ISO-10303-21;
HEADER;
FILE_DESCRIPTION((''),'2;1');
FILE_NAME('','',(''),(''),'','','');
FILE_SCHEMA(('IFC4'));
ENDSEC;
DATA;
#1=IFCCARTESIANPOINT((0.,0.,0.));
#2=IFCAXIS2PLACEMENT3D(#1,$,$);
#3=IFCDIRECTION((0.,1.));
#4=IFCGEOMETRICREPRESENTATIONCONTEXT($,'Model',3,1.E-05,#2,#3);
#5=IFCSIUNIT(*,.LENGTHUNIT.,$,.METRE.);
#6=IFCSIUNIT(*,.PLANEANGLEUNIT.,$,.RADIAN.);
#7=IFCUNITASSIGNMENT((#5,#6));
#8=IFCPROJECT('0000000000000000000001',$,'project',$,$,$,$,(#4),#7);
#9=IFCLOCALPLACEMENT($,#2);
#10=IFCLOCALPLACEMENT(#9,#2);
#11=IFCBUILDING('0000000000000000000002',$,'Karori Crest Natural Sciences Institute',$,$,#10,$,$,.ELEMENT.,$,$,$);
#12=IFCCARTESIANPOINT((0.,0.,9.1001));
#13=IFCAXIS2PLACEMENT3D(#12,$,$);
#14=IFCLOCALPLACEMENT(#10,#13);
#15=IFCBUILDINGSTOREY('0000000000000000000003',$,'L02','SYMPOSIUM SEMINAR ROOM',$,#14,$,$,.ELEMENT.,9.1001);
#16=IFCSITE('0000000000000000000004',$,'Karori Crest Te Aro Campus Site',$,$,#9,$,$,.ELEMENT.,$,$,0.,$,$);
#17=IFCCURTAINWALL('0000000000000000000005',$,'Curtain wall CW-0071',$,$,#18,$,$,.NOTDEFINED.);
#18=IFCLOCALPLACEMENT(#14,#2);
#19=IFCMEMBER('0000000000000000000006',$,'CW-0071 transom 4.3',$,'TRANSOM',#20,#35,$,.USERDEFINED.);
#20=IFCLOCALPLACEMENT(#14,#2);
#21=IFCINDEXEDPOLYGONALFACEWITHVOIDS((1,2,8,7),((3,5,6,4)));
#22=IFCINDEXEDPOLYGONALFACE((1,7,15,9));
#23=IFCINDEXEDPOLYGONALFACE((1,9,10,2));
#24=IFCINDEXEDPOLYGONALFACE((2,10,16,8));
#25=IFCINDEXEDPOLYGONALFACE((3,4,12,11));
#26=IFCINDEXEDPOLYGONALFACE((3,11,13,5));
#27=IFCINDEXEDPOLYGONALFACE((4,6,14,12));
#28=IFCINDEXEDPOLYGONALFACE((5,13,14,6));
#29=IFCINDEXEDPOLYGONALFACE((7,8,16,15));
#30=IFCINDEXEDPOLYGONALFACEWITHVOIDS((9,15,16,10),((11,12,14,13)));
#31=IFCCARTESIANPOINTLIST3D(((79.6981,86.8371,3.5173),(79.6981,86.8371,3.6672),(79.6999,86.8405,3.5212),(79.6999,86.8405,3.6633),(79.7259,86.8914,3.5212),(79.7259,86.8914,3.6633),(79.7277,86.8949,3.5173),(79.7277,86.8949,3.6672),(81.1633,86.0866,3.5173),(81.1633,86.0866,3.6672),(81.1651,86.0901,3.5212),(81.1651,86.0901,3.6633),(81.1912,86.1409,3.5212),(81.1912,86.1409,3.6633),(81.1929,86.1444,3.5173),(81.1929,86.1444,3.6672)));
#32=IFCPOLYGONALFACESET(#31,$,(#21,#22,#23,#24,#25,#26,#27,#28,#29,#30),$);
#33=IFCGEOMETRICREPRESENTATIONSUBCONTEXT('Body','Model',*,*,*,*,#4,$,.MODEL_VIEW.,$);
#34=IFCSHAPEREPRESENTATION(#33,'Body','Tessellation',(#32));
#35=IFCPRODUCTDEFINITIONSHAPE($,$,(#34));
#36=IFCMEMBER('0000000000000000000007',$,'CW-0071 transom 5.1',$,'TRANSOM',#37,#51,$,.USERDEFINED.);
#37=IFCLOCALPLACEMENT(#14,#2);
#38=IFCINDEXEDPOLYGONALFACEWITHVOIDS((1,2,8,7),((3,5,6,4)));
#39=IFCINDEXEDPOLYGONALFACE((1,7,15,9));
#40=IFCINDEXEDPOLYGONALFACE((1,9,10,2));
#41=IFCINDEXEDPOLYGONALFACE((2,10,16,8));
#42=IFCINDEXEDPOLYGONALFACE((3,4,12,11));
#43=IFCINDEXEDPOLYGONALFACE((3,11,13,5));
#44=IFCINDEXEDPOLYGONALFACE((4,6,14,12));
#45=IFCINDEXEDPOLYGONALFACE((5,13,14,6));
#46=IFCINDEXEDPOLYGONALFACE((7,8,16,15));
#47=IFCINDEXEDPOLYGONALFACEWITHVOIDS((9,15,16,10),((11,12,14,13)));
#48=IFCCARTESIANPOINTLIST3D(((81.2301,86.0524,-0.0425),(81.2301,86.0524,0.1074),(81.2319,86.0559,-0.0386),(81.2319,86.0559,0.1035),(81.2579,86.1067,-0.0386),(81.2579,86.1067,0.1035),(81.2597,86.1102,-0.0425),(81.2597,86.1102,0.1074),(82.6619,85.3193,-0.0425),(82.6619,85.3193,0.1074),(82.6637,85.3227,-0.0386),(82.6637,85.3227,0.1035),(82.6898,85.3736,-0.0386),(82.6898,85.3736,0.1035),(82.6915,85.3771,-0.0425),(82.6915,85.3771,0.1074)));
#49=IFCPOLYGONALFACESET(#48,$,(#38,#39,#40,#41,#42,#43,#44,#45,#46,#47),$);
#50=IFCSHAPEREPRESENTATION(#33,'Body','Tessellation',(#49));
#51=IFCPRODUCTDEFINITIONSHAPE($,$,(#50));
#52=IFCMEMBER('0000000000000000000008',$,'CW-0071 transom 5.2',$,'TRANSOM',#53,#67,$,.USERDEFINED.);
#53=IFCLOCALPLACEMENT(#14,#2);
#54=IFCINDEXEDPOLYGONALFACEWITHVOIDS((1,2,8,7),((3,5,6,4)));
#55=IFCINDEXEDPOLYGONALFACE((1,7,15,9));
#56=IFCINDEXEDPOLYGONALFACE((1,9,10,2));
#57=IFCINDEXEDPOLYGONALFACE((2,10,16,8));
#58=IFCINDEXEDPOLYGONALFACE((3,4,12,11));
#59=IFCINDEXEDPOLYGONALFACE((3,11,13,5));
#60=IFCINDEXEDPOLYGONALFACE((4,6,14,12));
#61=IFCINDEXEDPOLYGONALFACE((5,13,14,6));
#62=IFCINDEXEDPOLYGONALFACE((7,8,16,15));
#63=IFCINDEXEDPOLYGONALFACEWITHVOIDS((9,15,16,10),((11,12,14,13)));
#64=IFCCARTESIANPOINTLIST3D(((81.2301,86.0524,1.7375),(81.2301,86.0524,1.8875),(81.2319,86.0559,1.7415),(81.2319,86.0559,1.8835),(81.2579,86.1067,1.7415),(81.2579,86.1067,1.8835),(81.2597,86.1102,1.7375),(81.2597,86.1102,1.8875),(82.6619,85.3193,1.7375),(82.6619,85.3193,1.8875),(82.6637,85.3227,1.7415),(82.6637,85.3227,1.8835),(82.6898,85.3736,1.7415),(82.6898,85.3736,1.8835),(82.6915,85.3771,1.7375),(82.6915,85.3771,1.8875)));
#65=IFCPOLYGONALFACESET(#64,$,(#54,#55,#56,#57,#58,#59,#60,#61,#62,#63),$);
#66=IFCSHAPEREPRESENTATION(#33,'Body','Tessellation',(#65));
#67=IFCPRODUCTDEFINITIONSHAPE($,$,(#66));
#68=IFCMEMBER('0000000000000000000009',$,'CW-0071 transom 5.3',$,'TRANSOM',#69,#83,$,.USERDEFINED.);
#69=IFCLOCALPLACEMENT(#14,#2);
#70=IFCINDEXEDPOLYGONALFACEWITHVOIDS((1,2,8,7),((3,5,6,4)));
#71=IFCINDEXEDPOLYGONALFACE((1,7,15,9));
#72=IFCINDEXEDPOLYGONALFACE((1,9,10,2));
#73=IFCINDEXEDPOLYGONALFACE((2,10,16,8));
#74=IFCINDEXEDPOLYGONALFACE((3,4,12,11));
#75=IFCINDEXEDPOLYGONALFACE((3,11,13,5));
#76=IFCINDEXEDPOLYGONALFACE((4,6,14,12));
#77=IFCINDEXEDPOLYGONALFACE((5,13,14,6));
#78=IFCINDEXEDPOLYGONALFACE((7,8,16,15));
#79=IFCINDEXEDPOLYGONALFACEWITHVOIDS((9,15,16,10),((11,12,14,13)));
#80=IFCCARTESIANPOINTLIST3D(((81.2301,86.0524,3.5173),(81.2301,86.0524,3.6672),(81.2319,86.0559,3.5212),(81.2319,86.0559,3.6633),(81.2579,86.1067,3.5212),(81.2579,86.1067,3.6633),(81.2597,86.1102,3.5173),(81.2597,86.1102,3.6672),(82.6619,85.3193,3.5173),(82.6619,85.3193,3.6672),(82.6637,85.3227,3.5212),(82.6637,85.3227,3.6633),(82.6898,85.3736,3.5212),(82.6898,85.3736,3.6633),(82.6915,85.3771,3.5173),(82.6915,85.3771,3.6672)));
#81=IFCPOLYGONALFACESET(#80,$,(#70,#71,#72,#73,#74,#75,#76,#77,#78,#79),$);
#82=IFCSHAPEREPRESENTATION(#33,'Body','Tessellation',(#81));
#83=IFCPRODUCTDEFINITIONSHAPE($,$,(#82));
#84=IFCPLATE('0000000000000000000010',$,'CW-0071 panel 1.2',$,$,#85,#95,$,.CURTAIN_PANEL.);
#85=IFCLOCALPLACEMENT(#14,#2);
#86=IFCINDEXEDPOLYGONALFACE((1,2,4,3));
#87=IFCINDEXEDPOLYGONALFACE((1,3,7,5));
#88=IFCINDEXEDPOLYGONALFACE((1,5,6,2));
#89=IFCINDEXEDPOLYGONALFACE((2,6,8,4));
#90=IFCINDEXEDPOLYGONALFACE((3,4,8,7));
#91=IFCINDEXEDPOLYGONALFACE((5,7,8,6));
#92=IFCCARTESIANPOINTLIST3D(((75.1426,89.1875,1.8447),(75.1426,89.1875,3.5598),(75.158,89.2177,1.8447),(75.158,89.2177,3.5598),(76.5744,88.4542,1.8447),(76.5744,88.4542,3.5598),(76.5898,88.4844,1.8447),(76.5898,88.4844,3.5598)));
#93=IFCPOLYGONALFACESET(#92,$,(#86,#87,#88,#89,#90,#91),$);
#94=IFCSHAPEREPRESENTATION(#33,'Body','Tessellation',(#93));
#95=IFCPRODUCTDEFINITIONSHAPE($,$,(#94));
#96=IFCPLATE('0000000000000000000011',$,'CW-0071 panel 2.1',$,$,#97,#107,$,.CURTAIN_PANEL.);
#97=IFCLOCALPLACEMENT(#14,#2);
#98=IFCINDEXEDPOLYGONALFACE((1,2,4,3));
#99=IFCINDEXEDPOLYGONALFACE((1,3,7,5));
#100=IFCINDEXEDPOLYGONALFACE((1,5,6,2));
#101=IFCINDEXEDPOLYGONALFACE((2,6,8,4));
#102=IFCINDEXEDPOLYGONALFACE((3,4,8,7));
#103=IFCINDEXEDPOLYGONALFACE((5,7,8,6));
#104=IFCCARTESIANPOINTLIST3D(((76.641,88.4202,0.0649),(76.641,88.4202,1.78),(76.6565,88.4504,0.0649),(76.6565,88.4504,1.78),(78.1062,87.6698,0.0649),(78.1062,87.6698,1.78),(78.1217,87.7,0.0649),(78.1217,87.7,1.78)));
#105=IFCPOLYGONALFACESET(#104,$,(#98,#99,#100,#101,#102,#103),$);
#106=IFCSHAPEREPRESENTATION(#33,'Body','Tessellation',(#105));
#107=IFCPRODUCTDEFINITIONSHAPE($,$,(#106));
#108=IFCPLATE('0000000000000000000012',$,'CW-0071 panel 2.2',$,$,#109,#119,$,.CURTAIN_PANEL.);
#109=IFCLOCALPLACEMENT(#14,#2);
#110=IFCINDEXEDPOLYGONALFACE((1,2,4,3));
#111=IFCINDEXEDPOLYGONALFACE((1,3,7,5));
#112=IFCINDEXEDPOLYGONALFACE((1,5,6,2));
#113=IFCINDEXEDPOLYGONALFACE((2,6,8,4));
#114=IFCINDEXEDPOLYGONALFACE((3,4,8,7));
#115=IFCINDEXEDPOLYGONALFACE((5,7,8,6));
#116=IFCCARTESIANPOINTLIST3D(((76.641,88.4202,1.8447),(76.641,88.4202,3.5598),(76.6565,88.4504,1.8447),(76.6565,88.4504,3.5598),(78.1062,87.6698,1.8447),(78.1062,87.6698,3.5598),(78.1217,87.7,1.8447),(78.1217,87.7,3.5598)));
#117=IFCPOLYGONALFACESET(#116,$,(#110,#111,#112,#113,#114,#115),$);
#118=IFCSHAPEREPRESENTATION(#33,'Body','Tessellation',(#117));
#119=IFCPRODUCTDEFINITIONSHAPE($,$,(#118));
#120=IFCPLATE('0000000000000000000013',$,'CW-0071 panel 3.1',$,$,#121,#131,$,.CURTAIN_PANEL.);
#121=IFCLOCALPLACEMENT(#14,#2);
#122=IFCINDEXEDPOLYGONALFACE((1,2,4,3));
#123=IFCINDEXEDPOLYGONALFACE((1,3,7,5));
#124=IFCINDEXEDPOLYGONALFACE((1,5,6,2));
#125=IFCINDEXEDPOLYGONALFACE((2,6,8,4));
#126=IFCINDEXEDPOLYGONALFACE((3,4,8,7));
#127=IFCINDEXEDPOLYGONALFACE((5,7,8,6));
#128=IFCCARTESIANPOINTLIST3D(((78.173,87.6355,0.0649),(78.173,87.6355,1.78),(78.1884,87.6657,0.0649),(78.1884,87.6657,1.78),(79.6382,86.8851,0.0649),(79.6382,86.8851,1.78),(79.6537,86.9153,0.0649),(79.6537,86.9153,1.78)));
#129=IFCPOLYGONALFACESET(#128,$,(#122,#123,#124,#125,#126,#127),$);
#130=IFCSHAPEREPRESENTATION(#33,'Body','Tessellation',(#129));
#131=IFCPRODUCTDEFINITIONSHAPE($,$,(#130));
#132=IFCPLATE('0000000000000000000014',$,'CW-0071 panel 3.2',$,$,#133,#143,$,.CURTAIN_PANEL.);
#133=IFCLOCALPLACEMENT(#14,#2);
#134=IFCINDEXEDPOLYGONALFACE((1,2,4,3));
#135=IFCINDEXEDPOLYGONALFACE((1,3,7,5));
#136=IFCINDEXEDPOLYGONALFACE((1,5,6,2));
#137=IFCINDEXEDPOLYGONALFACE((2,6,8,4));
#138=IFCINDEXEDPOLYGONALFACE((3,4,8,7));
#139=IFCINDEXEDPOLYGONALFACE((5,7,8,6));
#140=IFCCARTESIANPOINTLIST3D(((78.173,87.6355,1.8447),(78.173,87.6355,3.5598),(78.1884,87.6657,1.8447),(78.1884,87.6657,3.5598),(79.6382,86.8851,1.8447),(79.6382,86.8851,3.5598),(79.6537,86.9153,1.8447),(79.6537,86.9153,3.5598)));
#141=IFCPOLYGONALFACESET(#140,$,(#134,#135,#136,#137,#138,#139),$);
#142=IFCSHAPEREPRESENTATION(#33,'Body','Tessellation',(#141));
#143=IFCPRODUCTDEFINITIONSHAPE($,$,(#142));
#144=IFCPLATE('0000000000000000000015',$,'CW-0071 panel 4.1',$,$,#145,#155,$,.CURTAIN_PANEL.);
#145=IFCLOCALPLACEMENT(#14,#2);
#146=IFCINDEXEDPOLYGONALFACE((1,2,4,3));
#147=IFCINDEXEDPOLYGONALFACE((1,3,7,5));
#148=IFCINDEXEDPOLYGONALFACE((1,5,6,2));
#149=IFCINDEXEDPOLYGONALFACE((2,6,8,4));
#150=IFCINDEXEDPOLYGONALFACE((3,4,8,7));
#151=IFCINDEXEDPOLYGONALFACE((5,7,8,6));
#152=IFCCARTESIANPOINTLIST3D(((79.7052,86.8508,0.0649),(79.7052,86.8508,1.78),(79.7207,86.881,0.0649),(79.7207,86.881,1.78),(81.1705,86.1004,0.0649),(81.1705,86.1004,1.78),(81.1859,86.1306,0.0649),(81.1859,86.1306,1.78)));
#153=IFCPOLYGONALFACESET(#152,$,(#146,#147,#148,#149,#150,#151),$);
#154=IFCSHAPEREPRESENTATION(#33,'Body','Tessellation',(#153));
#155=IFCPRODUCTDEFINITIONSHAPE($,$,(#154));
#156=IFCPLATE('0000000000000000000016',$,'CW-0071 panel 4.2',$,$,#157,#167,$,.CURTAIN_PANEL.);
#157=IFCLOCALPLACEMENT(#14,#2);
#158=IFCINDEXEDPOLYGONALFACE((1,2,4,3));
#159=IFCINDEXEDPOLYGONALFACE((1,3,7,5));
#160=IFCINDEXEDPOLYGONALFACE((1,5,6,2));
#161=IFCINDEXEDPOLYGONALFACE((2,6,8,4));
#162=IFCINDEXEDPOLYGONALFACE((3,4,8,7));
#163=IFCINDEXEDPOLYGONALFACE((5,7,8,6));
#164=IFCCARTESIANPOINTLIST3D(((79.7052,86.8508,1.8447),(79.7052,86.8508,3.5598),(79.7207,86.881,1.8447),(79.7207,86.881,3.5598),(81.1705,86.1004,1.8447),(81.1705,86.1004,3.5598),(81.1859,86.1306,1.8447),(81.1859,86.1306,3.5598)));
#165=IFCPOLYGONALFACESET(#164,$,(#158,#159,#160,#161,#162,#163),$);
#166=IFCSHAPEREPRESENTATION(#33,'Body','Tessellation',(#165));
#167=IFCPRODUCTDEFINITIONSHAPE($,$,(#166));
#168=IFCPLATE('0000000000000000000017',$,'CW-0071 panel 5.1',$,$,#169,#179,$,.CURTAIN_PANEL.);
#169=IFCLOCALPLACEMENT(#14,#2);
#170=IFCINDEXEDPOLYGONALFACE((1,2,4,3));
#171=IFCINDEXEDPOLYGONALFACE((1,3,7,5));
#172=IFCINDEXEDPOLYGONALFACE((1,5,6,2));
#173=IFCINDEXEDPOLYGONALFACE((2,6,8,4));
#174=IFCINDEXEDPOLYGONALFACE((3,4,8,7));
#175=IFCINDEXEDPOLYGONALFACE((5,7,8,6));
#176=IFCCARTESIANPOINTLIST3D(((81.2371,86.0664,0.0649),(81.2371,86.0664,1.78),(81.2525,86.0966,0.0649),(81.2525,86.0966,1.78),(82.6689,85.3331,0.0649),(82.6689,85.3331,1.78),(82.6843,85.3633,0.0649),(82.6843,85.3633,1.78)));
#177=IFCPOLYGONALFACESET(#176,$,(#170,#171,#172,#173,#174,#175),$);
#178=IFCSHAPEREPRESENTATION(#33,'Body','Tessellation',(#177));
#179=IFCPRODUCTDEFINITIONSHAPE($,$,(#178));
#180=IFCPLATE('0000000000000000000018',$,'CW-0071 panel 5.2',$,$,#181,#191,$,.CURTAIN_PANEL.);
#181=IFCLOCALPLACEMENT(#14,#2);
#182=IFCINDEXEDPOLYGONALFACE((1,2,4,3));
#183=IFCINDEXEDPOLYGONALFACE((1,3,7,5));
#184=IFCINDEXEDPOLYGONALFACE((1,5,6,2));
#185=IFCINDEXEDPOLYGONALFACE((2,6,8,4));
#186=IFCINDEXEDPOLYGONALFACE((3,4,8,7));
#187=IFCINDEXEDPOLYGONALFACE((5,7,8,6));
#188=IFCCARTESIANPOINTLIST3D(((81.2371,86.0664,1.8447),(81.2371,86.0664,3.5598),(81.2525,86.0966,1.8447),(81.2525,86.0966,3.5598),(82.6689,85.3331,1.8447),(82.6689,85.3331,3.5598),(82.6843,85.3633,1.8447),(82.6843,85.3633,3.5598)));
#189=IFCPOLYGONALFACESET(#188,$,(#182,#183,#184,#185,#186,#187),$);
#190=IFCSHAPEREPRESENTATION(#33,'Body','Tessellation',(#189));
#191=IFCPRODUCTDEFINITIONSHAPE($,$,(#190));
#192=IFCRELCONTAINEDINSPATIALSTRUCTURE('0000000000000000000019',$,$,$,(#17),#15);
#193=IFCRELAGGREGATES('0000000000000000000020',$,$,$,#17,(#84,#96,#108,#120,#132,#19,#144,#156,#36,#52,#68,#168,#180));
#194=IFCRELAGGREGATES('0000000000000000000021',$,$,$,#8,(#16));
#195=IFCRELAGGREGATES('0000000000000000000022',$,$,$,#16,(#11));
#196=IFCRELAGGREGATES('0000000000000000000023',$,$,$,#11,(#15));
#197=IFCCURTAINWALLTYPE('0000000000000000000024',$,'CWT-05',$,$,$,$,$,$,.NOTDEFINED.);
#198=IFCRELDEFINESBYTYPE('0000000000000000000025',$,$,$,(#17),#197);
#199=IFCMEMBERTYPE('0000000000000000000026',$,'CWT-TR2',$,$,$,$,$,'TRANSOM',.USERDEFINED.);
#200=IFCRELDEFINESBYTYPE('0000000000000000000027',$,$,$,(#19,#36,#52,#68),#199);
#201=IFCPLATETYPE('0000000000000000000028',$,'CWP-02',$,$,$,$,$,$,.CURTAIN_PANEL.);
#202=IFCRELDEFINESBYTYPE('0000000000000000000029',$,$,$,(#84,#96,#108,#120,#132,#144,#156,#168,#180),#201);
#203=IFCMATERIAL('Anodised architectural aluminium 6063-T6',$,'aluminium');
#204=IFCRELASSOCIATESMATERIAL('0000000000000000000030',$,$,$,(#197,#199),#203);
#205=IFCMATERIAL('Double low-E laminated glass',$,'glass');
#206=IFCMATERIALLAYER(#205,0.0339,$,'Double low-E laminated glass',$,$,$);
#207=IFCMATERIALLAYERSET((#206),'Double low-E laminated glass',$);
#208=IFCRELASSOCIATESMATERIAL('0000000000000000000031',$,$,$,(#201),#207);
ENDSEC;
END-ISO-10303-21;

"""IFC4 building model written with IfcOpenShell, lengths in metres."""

from ifc_helpers import new_model, si_unit, direction, frame, origin, origin_2d, place, context, subcontext, project, spatial, rectangle, hollow_rectangle, extrude, material, layer, layer_set, material_profile, profile_set, type_object, element, aggregate, save


model = new_model("IFC4")

# Units and contexts
model_context = context("Model", 3, precision=1e-05, world=origin(), true_north=direction((0.0, 1.0)))
body_context = subcontext(model_context, "Body", "Model", "MODEL_VIEW")
ifc_project = project(units=[si_unit("LENGTHUNIT", "METRE"), si_unit("PLANEANGLEUNIT", "RADIAN")], contexts=[model_context])

# Site, building, storey
site_placement = place(None, origin())
site = spatial("IfcSite", under=ifc_project, at=site_placement, Name="Karori Crest Te Aro Campus Site", CompositionType="ELEMENT", RefElevation=0.0)
building_placement = place(site_placement, origin())
building = spatial("IfcBuilding", under=site, at=building_placement, Name="Karori Crest Natural Sciences Institute", CompositionType="ELEMENT")
storey_placement = place(building_placement, frame((0.0, 0.0, 9.1001)))
storey = spatial("IfcBuildingStorey", under=building, at=storey_placement, Name="L02", Description="SYMPOSIUM SEMINAR ROOM", CompositionType="ELEMENT", Elevation=9.1001)

# Shared definitions
ifc_material_1 = material(Name="Anodised architectural aluminium 6063-T6", Category="aluminium")

# Curtain wall
curtain_wall_type_1 = type_object("IfcCurtainWallType", Name="CWT-05", PredefinedType="NOTDEFINED", material=ifc_material_1)
curtain_wall_1_placement = place(storey_placement, origin())
curtain_wall_1 = element("IfcCurtainWall", 1, at=curtain_wall_1_placement, inside=storey, type_object=curtain_wall_type_1, Name="Curtain wall CW-0071", PredefinedType="NOTDEFINED")

# Members
ifc_material_profile_1 = material_profile(ifc_material_1, hollow_rectangle(XDim=0.0649, YDim=0.1499, WallThickness=0.0039, at=origin_2d()), Name="CWT150x65x4")
ifc_profile_set_1 = profile_set([ifc_material_profile_1], Name="Anodised architectural aluminium 6063-T6")
member_type_1 = type_object("IfcMemberType", Name="CWT-TR2", ElementType="TRANSOM", PredefinedType="USERDEFINED", material=ifc_profile_set_1)
member_1_placement = place(storey_placement, frame((79.7129, 86.866, 3.5923), z_axis=(0.890055, -0.455853, 0.0), x_axis=(0.455853, 0.890055, 0.0)))
member_1 = element("IfcMember", 2, at=member_1_placement, type_object=member_type_1, Name="CW-0071 transom 4.3", ObjectType="TRANSOM", PredefinedType="USERDEFINED", context=body_context, shape_type="SweptSolid", body=[
    extrude(hollow_rectangle(XDim=0.0649, YDim=0.1499, WallThickness=0.0039, at=origin_2d()), origin(), (0.0, 0.0, 1.0), 1.6462),
])
member_2_placement = place(storey_placement, frame((81.2449, 86.0813, 0.0325), z_axis=(0.890106, -0.455753, 0.0), x_axis=(0.455753, 0.890106, 0.0)))
member_2 = element("IfcMember", 3, at=member_2_placement, type_object=member_type_1, Name="CW-0071 transom 5.1", ObjectType="TRANSOM", PredefinedType="USERDEFINED", context=body_context, shape_type="SweptSolid", body=[
    extrude(hollow_rectangle(XDim=0.0649, YDim=0.1499, WallThickness=0.0039, at=origin_2d()), origin(), (0.0, 0.0, 1.0), 1.6086),
])
member_3_placement = place(storey_placement, frame((81.2449, 86.0813, 1.8125), z_axis=(0.890106, -0.455753, 0.0), x_axis=(0.455753, 0.890106, 0.0)))
member_3 = element("IfcMember", 4, at=member_3_placement, type_object=member_type_1, Name="CW-0071 transom 5.2", ObjectType="TRANSOM", PredefinedType="USERDEFINED", context=body_context, shape_type="SweptSolid", body=[
    extrude(hollow_rectangle(XDim=0.0649, YDim=0.1499, WallThickness=0.0039, at=origin_2d()), origin(), (0.0, 0.0, 1.0), 1.6086),
])
member_4_placement = place(storey_placement, frame((81.2449, 86.0813, 3.5923), z_axis=(0.890106, -0.455753, 0.0), x_axis=(0.455753, 0.890106, 0.0)))
member_4 = element("IfcMember", 5, at=member_4_placement, type_object=member_type_1, Name="CW-0071 transom 5.3", ObjectType="TRANSOM", PredefinedType="USERDEFINED", context=body_context, shape_type="SweptSolid", body=[
    extrude(hollow_rectangle(XDim=0.0649, YDim=0.1499, WallThickness=0.0039, at=origin_2d()), origin(), (0.0, 0.0, 1.0), 1.6086),
])

# Plates
ifc_material_2 = material(Name="Double low-E laminated glass", Category="glass")
ifc_layer_1 = layer(ifc_material_2, 0.0339, Name="Double low-E laminated glass")
ifc_layer_set_1 = layer_set([ifc_layer_1], Name="Double low-E laminated glass")
plate_type = type_object("IfcPlateType", Name="CWP-02", PredefinedType="CURTAIN_PANEL", material=ifc_layer_set_1)
plate_1_placement = place(storey_placement, frame((75.8662, 88.8359, 1.8447), z_axis=(0.0, 0.0, 1.0), x_axis=(0.890065, -0.455833, 0.0)))
plate_1 = element("IfcPlate", 6, at=plate_1_placement, type_object=plate_type, Name="CW-0071 panel 1.2", PredefinedType="CURTAIN_PANEL", context=body_context, shape_type="SweptSolid", body=[
    extrude(rectangle(XDim=1.6086, YDim=0.0339, at=origin_2d()), origin(), (0.0, 0.0, 1.0), 1.7151),
])
plate_2_placement = place(storey_placement, frame((77.3813, 88.0601, 0.0649), z_axis=(0.0, 0.0, 1.0), x_axis=(0.890065, -0.455833, 0.0)))
plate_2 = element("IfcPlate", 7, at=plate_2_placement, type_object=plate_type, Name="CW-0071 panel 2.1", PredefinedType="CURTAIN_PANEL", context=body_context, shape_type="SweptSolid", body=[
    extrude(rectangle(XDim=1.6462, YDim=0.0339, at=origin_2d()), origin(), (0.0, 0.0, 1.0), 1.7151),
])
plate_3_placement = place(storey_placement, frame((77.3813, 88.0601, 1.8447), z_axis=(0.0, 0.0, 1.0), x_axis=(0.890065, -0.455833, 0.0)))
plate_3 = element("IfcPlate", 8, at=plate_3_placement, type_object=plate_type, Name="CW-0071 panel 2.2", PredefinedType="CURTAIN_PANEL", context=body_context, shape_type="SweptSolid", body=[
    extrude(rectangle(XDim=1.6462, YDim=0.0339, at=origin_2d()), origin(), (0.0, 0.0, 1.0), 1.7151),
])
plate_4_placement = place(storey_placement, frame((78.9133, 87.2754, 0.0649), z_axis=(0.0, 0.0, 1.0), x_axis=(0.890065, -0.455833, 0.0)))
plate_4 = element("IfcPlate", 9, at=plate_4_placement, type_object=plate_type, Name="CW-0071 panel 3.1", PredefinedType="CURTAIN_PANEL", context=body_context, shape_type="SweptSolid", body=[
    extrude(rectangle(XDim=1.6462, YDim=0.0339, at=origin_2d()), origin(), (0.0, 0.0, 1.0), 1.7151),
])
plate_5_placement = place(storey_placement, frame((78.9133, 87.2754, 1.8447), z_axis=(0.0, 0.0, 1.0), x_axis=(0.890065, -0.455833, 0.0)))
plate_5 = element("IfcPlate", 10, at=plate_5_placement, type_object=plate_type, Name="CW-0071 panel 3.2", PredefinedType="CURTAIN_PANEL", context=body_context, shape_type="SweptSolid", body=[
    extrude(rectangle(XDim=1.6462, YDim=0.0339, at=origin_2d()), origin(), (0.0, 0.0, 1.0), 1.7151),
])
plate_6_placement = place(storey_placement, frame((80.4456, 86.4907, 0.0649), z_axis=(0.0, 0.0, 1.0), x_axis=(0.890065, -0.455833, 0.0)))
plate_6 = element("IfcPlate", 11, at=plate_6_placement, type_object=plate_type, Name="CW-0071 panel 4.1", PredefinedType="CURTAIN_PANEL", context=body_context, shape_type="SweptSolid", body=[
    extrude(rectangle(XDim=1.6462, YDim=0.0339, at=origin_2d()), origin(), (0.0, 0.0, 1.0), 1.7151),
])
plate_7_placement = place(storey_placement, frame((80.4456, 86.4907, 1.8447), z_axis=(0.0, 0.0, 1.0), x_axis=(0.890065, -0.455833, 0.0)))
plate_7 = element("IfcPlate", 12, at=plate_7_placement, type_object=plate_type, Name="CW-0071 panel 4.2", PredefinedType="CURTAIN_PANEL", context=body_context, shape_type="SweptSolid", body=[
    extrude(rectangle(XDim=1.6462, YDim=0.0339, at=origin_2d()), origin(), (0.0, 0.0, 1.0), 1.7151),
])
plate_8_placement = place(storey_placement, frame((81.9607, 85.7148, 0.0649), z_axis=(0.0, 0.0, 1.0), x_axis=(0.890065, -0.455833, 0.0)))
plate_8 = element("IfcPlate", 13, at=plate_8_placement, type_object=plate_type, Name="CW-0071 panel 5.1", PredefinedType="CURTAIN_PANEL", context=body_context, shape_type="SweptSolid", body=[
    extrude(rectangle(XDim=1.6086, YDim=0.0339, at=origin_2d()), origin(), (0.0, 0.0, 1.0), 1.7151),
])
plate_9_placement = place(storey_placement, frame((81.9607, 85.7148, 1.8447), z_axis=(0.0, 0.0, 1.0), x_axis=(0.890065, -0.455833, 0.0)))
plate_9 = element("IfcPlate", 14, at=plate_9_placement, type_object=plate_type, Name="CW-0071 panel 5.2", PredefinedType="CURTAIN_PANEL", context=body_context, shape_type="SweptSolid", body=[
    extrude(rectangle(XDim=1.6086, YDim=0.0339, at=origin_2d()), origin(), (0.0, 0.0, 1.0), 1.7151),
])
aggregate(curtain_wall_1, [plate_1, plate_2, plate_3, plate_4, plate_5, member_1, plate_6, plate_7, member_2, member_3, member_4, plate_8, plate_9])

save(model, "model.ifc")
